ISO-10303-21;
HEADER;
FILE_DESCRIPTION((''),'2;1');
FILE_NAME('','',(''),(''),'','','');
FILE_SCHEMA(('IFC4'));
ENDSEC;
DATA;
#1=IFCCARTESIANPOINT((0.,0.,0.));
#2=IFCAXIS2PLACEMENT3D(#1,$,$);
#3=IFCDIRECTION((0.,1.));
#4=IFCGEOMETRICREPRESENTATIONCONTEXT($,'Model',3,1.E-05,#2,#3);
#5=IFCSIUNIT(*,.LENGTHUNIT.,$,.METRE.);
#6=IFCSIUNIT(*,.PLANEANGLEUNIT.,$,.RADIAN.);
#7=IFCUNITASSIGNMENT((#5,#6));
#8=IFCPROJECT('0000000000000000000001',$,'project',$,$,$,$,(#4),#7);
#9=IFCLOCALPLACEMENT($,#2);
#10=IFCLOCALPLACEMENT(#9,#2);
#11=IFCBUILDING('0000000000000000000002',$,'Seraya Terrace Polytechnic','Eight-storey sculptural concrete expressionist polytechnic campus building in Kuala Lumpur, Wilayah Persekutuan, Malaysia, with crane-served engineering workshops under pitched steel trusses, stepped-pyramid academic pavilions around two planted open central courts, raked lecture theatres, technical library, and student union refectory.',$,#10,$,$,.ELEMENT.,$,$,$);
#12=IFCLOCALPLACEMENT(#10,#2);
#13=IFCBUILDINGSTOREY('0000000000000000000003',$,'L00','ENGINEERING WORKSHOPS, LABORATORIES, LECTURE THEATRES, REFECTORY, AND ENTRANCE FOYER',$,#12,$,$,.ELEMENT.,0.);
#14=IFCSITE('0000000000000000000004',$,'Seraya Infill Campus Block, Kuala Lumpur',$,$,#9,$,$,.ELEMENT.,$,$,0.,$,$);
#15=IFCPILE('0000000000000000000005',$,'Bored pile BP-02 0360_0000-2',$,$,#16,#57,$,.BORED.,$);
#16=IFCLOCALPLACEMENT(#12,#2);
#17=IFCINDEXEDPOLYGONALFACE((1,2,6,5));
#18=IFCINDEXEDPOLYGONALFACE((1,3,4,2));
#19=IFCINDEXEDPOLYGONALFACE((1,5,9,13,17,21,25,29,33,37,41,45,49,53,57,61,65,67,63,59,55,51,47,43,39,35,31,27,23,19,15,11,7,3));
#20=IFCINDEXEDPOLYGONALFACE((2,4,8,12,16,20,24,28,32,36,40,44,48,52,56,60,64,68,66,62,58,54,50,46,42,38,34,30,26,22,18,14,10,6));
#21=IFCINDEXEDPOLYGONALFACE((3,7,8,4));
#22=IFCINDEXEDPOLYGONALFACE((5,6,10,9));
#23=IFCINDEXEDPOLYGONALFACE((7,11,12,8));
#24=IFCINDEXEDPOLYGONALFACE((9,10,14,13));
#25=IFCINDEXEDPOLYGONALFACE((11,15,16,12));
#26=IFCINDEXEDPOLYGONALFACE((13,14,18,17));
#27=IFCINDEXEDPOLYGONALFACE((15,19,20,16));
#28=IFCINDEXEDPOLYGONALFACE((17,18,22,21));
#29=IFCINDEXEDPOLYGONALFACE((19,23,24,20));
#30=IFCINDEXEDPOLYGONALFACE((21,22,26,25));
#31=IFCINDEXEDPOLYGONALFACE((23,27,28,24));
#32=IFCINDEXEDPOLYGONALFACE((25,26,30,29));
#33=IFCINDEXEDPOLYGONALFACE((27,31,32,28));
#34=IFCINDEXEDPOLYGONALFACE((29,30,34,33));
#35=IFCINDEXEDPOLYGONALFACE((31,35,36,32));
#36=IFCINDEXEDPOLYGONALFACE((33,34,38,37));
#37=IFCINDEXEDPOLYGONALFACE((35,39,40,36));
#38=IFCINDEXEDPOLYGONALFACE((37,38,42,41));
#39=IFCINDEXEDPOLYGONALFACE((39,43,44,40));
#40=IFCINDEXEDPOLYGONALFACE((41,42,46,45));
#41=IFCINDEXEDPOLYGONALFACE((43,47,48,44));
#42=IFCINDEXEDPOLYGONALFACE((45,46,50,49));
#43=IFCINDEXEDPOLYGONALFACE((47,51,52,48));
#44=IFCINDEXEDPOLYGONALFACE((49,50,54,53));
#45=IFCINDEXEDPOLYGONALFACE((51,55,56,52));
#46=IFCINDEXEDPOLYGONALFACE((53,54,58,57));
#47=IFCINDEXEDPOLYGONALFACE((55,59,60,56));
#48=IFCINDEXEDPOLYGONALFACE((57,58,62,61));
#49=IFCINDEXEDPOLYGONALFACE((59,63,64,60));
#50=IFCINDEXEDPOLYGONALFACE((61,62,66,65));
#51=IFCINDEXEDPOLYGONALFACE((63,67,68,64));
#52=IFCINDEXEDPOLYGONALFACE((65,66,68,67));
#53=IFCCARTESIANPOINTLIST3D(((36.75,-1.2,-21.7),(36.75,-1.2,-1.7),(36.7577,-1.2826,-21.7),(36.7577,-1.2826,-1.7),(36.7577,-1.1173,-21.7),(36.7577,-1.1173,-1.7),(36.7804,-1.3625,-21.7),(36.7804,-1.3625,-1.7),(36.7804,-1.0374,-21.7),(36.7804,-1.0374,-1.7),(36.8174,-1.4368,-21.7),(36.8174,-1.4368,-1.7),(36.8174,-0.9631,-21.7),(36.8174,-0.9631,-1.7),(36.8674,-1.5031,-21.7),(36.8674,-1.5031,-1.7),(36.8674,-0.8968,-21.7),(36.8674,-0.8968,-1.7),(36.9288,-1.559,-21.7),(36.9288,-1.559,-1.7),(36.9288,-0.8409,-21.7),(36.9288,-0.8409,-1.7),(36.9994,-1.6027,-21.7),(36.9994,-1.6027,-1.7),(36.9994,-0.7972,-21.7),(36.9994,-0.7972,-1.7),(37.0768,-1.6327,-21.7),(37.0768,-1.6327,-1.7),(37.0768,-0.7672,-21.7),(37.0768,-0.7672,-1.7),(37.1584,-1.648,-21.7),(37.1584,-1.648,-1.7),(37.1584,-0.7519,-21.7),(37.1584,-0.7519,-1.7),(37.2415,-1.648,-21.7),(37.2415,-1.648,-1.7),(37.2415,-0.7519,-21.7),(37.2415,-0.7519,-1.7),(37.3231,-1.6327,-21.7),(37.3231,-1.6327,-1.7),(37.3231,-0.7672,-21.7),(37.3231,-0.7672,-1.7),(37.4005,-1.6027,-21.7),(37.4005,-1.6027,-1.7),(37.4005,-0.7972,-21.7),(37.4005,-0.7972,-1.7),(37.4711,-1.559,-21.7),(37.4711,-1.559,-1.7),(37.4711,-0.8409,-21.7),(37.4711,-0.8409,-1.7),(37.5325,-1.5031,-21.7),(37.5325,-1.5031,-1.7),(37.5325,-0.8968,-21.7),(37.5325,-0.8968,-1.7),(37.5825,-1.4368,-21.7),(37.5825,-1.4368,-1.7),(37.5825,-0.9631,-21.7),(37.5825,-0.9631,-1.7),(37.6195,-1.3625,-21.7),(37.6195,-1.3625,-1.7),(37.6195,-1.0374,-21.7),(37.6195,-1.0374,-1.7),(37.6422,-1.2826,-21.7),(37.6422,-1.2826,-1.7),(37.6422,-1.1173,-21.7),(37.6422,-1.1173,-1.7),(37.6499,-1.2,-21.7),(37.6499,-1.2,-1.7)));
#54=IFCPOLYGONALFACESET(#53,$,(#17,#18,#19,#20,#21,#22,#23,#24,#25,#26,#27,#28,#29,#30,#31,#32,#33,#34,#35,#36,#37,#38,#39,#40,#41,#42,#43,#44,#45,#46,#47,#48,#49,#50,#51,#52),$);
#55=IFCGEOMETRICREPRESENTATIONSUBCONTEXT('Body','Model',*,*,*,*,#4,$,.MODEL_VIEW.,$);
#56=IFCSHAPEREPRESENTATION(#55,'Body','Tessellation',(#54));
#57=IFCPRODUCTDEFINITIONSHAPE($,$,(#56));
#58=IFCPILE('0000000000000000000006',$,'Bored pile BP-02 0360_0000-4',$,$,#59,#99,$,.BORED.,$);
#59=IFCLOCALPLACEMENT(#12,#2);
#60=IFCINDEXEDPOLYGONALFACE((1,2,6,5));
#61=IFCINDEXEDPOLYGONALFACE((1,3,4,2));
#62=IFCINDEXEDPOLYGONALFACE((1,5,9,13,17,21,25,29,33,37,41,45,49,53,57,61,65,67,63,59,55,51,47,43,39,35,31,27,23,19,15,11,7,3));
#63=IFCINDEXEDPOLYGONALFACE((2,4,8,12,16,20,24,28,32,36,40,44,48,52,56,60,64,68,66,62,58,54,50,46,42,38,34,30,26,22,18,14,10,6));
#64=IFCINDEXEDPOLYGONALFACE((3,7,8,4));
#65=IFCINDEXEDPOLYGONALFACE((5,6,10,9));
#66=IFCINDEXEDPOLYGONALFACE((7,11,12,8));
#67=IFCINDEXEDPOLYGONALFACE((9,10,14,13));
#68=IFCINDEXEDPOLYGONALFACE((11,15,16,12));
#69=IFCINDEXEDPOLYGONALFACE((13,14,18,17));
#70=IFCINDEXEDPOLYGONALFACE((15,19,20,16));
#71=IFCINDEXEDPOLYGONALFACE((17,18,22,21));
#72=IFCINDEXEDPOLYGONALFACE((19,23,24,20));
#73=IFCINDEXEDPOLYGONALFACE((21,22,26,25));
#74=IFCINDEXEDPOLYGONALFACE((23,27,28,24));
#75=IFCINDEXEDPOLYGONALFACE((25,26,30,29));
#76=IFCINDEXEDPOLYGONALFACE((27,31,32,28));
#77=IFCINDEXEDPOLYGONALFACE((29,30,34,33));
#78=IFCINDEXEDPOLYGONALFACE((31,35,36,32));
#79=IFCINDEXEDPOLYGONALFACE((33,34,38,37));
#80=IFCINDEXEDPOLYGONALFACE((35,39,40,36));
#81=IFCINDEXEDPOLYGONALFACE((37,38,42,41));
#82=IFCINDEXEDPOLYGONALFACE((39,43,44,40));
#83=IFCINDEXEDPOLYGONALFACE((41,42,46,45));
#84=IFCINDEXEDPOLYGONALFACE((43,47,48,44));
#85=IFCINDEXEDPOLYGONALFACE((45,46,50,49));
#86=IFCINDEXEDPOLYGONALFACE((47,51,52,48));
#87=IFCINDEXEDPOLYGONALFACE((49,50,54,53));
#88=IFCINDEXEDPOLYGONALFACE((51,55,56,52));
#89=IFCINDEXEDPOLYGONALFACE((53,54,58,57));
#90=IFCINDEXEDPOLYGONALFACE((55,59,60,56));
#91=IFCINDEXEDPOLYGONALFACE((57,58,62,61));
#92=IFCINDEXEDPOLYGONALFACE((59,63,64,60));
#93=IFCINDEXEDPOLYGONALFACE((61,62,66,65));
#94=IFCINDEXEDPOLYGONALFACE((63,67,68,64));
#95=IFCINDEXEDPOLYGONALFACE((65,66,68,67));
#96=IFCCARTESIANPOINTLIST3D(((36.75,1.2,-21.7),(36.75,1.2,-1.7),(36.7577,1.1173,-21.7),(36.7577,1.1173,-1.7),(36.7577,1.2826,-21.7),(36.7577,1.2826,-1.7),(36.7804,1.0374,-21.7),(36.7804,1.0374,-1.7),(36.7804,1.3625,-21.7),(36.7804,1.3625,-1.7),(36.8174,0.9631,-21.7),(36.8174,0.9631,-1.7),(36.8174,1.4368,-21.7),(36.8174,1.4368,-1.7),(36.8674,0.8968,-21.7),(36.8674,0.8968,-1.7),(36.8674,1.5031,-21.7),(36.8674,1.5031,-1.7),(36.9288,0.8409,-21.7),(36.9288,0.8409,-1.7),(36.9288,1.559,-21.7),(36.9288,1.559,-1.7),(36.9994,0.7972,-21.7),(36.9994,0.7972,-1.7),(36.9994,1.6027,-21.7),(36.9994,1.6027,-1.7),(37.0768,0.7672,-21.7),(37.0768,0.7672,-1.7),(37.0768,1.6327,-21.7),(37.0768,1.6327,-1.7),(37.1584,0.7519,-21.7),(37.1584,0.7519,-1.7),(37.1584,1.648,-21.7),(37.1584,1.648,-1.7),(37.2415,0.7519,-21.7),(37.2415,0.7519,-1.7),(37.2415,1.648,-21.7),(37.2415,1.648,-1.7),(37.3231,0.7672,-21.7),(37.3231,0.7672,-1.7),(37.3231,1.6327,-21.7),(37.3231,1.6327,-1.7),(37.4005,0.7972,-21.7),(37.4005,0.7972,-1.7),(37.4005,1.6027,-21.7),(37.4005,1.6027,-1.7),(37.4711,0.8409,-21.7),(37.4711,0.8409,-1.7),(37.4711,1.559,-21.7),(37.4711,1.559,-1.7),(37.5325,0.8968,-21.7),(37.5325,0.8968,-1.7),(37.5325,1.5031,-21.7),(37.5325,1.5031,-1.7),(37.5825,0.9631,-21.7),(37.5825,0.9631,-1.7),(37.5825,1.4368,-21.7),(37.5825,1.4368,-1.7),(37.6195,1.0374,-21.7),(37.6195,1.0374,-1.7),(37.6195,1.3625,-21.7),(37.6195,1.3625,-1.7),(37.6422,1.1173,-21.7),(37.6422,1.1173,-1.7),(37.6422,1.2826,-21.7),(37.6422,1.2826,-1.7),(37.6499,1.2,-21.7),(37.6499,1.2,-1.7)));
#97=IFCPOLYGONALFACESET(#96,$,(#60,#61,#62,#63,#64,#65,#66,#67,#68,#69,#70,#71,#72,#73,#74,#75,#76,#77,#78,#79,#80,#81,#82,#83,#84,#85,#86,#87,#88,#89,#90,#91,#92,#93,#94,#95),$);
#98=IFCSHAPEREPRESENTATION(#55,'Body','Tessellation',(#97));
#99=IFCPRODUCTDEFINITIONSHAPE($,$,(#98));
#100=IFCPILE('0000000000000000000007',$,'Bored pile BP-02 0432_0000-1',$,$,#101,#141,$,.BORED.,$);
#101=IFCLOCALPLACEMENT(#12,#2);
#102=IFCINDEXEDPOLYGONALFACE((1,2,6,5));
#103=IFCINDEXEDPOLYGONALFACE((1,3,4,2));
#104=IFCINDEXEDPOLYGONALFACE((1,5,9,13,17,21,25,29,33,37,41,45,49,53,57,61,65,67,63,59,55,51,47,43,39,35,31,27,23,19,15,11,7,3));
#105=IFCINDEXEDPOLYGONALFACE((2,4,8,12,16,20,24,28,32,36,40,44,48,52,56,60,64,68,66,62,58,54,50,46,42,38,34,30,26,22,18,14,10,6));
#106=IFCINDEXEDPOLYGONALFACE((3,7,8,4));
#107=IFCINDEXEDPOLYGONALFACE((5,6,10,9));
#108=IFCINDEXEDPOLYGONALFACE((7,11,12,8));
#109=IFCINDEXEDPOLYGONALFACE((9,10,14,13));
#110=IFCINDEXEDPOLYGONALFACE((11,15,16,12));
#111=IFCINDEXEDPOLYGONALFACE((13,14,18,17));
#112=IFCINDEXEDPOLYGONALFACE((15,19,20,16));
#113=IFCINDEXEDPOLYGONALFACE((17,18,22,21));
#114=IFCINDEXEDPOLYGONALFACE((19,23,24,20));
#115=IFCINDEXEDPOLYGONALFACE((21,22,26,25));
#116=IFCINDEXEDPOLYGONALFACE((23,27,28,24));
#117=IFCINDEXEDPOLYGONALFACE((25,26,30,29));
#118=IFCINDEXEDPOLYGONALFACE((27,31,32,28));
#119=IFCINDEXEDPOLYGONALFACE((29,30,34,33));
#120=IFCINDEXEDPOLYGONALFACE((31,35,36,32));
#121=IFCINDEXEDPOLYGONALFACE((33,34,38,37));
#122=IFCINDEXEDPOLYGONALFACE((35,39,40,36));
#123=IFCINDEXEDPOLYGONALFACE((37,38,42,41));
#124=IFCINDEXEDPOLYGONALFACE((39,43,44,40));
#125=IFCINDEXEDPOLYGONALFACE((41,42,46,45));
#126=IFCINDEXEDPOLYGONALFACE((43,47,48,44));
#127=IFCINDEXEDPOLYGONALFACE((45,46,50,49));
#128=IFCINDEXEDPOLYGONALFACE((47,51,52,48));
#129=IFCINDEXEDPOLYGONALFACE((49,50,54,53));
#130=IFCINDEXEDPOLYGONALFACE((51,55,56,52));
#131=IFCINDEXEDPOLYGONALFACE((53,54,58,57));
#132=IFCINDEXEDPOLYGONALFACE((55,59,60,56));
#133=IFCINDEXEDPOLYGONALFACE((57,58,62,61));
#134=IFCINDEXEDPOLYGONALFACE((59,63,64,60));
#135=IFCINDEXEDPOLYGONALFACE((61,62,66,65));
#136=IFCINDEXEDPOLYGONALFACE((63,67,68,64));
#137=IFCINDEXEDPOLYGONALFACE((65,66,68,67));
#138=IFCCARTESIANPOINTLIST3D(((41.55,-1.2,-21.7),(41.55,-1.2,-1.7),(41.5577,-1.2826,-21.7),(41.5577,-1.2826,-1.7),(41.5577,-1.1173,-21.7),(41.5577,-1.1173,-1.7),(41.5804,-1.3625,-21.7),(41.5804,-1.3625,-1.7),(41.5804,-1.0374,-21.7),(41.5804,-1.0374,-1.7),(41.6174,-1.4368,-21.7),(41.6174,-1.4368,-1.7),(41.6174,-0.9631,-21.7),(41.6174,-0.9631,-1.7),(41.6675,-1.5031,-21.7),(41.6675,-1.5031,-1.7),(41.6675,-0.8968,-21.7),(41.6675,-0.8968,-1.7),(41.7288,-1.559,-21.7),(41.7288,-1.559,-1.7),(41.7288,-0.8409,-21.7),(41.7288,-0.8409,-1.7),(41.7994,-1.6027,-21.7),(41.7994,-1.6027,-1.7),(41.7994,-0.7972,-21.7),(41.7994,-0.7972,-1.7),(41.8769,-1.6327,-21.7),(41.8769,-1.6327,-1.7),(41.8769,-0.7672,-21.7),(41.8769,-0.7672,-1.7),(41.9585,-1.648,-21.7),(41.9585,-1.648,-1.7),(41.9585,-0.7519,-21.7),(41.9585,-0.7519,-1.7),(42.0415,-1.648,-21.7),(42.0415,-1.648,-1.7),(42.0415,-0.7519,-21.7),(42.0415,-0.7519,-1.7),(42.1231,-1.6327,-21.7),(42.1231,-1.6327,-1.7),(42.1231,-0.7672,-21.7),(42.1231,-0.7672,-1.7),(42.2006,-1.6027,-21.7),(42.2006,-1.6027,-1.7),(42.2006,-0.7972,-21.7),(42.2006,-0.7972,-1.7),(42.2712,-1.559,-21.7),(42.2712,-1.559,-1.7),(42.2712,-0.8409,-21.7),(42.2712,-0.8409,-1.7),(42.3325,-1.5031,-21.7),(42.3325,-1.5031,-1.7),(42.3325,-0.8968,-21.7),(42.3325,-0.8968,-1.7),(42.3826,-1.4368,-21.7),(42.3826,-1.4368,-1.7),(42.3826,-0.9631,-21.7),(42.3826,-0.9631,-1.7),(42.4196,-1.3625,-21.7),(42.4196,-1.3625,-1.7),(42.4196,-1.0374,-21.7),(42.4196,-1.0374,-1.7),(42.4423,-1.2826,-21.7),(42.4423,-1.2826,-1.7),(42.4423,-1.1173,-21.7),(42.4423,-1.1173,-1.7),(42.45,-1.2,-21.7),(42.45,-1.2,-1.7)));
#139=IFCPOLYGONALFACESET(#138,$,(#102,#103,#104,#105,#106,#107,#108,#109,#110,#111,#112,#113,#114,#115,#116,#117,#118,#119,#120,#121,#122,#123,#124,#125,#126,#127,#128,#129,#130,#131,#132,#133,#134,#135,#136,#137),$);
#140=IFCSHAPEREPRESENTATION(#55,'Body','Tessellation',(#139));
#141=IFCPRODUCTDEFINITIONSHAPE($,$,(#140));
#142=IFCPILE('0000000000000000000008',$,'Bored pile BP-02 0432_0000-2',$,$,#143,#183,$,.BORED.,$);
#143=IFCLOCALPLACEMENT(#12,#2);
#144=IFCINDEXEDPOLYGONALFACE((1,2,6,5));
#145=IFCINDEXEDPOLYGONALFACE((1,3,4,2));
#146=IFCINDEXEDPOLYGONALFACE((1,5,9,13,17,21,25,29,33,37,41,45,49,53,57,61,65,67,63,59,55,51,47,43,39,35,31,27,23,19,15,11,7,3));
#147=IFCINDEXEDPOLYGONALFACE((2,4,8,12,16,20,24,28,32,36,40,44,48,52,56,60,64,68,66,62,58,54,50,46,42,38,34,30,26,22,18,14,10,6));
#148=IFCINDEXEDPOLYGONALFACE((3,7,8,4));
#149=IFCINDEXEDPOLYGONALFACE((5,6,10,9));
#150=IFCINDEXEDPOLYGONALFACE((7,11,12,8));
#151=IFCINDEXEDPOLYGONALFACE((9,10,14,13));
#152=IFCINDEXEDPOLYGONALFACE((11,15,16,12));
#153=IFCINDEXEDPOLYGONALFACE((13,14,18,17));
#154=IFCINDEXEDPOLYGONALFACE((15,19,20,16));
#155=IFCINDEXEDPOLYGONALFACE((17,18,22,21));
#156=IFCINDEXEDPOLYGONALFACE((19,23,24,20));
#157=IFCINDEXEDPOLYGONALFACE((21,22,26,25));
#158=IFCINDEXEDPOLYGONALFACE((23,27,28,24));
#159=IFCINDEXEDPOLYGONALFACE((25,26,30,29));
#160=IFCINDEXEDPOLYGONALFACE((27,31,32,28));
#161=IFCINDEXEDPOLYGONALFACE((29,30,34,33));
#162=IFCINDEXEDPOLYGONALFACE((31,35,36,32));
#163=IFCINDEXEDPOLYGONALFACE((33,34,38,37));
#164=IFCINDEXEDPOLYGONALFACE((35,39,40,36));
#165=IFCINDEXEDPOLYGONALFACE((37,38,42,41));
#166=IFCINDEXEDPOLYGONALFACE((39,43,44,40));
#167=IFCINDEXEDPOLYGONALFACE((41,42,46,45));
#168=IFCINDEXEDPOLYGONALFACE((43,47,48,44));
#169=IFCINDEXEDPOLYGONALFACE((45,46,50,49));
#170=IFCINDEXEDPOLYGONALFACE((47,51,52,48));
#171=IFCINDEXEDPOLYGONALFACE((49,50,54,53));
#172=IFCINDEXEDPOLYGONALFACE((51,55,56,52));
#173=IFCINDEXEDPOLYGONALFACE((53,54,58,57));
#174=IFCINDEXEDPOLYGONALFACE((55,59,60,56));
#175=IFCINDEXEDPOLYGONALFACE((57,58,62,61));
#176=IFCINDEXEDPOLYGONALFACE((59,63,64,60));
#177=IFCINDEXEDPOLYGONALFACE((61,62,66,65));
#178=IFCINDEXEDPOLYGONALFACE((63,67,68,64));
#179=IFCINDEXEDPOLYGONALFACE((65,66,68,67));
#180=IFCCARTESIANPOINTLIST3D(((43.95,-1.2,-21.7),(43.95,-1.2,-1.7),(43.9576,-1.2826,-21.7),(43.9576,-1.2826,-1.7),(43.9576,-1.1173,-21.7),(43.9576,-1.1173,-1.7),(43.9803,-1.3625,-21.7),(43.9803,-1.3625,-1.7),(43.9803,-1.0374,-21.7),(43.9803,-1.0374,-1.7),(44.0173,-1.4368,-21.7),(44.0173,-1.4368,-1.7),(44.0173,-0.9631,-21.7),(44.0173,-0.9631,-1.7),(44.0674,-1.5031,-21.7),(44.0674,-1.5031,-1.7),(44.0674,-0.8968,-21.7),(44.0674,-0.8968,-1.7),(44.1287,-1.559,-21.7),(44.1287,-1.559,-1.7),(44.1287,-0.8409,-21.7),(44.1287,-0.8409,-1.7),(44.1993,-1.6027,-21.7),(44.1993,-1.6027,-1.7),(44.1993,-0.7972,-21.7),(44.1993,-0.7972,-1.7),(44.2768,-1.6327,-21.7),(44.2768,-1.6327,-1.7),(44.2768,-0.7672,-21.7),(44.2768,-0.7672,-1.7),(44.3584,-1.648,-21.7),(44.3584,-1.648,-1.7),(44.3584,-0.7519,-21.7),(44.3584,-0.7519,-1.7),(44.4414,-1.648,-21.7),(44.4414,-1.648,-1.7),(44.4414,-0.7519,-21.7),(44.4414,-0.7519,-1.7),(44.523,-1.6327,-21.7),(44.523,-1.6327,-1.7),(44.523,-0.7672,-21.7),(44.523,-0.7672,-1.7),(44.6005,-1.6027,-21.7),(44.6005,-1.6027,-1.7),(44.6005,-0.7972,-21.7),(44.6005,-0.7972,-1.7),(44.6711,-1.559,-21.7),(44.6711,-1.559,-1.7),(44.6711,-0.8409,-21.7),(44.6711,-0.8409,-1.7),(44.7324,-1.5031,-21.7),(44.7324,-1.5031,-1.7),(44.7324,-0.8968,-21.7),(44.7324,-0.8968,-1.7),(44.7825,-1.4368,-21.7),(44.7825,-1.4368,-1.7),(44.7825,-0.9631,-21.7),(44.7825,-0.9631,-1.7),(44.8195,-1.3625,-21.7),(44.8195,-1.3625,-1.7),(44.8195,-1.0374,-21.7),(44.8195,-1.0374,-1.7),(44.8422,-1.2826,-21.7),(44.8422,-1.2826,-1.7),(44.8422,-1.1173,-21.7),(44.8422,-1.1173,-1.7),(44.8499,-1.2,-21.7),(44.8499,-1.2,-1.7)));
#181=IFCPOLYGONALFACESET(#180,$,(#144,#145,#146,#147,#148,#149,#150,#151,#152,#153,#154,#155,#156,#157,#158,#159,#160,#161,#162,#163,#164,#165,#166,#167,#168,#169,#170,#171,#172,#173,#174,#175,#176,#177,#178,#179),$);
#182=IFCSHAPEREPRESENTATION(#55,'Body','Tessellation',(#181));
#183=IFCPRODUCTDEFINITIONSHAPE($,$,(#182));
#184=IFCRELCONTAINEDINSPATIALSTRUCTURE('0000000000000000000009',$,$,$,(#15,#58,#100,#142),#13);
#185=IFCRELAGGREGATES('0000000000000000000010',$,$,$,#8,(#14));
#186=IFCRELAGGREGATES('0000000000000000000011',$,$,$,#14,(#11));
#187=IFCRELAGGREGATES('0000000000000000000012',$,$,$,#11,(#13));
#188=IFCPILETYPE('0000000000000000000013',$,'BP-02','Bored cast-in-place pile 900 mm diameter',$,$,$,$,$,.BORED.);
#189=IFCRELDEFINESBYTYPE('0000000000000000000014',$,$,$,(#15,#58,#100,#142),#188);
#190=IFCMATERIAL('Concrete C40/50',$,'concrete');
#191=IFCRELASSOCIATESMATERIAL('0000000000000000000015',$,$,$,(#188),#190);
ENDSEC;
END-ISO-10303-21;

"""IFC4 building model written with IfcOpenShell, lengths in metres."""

from ifc_helpers import new_model, si_unit, direction, frame, origin, origin_2d, place, context, subcontext, project, spatial, circle, extrude, material, material_profile, profile_set, type_object, element, save


model = new_model("IFC4")

# Units and contexts
model_context = context("Model", 3, precision=1e-05, world=origin(), true_north=direction((0.0, 1.0)))
body_context = subcontext(model_context, "Body", "Model", "MODEL_VIEW")
ifc_project = project(units=[si_unit("LENGTHUNIT", "METRE"), si_unit("PLANEANGLEUNIT", "RADIAN")], contexts=[model_context])

# Site, building, storey
site_placement = place(None, origin())
site = spatial("IfcSite", under=ifc_project, at=site_placement, Name="Seraya Infill Campus Block, Kuala Lumpur", CompositionType="ELEMENT", RefElevation=0.0)
building_placement = place(site_placement, origin())
building = spatial("IfcBuilding", under=site, at=building_placement, Name="Seraya Terrace Polytechnic", Description="Eight-storey sculptural concrete expressionist polytechnic campus building in Kuala Lumpur, Wilayah Persekutuan, Malaysia, with crane-served engineering workshops under pitched steel trusses, stepped-pyramid academic pavilions around two planted open central courts, raked lecture theatres, technical library, and student union refectory.", CompositionType="ELEMENT")
storey_placement = place(building_placement, origin())
storey = spatial("IfcBuildingStorey", under=building, at=storey_placement, Name="L00", Description="ENGINEERING WORKSHOPS, LABORATORIES, LECTURE THEATRES, REFECTORY, AND ENTRANCE FOYER", CompositionType="ELEMENT", Elevation=0.0)

# Piles
ifc_material_1 = material(Name="Concrete C40/50", Category="concrete")
ifc_material_profile_1 = material_profile(ifc_material_1, circle(Radius=0.45, at=origin_2d()), Name="DIA 900")
ifc_profile_set_1 = profile_set([ifc_material_profile_1], Name="Concrete C40/50")
pile_type_1 = type_object("IfcPileType", Name="BP-02", Description="Bored cast-in-place pile 900 mm diameter", PredefinedType="BORED", material=ifc_profile_set_1)
for number, where, z_axis, x_axis, name in (
    (1, (37.2, -1.2, -1.7), (0.0, 0.0, -1.0), (1.0, 0.0, 0.0), "Bored pile BP-02 0360_0000-2"),
    (2, (37.2, 1.2, -1.7), (0.0, 0.0, -1.0), (1.0, 0.0, 0.0), "Bored pile BP-02 0360_0000-4"),
    (3, (42.0, -1.2, -1.7), (0.0, 0.0, -1.0), (1.0, 0.0, 0.0), "Bored pile BP-02 0432_0000-1"),
    (4, (44.3999, -1.2, -1.7), (0.0, 0.0, -1.0), (1.0, 0.0, 0.0), "Bored pile BP-02 0432_0000-2"),
):
    element("IfcPile", number, at=place(storey_placement, frame(where, z_axis=z_axis, x_axis=x_axis)), inside=storey, type_object=pile_type_1, Name=name, PredefinedType="BORED", context=body_context, shape_type="SweptSolid", body=[
        extrude(circle(Radius=0.45, at=origin_2d()), origin(), (0.0, 0.0, 1.0), 20.0),
    ])

save(model, "model.ifc")
